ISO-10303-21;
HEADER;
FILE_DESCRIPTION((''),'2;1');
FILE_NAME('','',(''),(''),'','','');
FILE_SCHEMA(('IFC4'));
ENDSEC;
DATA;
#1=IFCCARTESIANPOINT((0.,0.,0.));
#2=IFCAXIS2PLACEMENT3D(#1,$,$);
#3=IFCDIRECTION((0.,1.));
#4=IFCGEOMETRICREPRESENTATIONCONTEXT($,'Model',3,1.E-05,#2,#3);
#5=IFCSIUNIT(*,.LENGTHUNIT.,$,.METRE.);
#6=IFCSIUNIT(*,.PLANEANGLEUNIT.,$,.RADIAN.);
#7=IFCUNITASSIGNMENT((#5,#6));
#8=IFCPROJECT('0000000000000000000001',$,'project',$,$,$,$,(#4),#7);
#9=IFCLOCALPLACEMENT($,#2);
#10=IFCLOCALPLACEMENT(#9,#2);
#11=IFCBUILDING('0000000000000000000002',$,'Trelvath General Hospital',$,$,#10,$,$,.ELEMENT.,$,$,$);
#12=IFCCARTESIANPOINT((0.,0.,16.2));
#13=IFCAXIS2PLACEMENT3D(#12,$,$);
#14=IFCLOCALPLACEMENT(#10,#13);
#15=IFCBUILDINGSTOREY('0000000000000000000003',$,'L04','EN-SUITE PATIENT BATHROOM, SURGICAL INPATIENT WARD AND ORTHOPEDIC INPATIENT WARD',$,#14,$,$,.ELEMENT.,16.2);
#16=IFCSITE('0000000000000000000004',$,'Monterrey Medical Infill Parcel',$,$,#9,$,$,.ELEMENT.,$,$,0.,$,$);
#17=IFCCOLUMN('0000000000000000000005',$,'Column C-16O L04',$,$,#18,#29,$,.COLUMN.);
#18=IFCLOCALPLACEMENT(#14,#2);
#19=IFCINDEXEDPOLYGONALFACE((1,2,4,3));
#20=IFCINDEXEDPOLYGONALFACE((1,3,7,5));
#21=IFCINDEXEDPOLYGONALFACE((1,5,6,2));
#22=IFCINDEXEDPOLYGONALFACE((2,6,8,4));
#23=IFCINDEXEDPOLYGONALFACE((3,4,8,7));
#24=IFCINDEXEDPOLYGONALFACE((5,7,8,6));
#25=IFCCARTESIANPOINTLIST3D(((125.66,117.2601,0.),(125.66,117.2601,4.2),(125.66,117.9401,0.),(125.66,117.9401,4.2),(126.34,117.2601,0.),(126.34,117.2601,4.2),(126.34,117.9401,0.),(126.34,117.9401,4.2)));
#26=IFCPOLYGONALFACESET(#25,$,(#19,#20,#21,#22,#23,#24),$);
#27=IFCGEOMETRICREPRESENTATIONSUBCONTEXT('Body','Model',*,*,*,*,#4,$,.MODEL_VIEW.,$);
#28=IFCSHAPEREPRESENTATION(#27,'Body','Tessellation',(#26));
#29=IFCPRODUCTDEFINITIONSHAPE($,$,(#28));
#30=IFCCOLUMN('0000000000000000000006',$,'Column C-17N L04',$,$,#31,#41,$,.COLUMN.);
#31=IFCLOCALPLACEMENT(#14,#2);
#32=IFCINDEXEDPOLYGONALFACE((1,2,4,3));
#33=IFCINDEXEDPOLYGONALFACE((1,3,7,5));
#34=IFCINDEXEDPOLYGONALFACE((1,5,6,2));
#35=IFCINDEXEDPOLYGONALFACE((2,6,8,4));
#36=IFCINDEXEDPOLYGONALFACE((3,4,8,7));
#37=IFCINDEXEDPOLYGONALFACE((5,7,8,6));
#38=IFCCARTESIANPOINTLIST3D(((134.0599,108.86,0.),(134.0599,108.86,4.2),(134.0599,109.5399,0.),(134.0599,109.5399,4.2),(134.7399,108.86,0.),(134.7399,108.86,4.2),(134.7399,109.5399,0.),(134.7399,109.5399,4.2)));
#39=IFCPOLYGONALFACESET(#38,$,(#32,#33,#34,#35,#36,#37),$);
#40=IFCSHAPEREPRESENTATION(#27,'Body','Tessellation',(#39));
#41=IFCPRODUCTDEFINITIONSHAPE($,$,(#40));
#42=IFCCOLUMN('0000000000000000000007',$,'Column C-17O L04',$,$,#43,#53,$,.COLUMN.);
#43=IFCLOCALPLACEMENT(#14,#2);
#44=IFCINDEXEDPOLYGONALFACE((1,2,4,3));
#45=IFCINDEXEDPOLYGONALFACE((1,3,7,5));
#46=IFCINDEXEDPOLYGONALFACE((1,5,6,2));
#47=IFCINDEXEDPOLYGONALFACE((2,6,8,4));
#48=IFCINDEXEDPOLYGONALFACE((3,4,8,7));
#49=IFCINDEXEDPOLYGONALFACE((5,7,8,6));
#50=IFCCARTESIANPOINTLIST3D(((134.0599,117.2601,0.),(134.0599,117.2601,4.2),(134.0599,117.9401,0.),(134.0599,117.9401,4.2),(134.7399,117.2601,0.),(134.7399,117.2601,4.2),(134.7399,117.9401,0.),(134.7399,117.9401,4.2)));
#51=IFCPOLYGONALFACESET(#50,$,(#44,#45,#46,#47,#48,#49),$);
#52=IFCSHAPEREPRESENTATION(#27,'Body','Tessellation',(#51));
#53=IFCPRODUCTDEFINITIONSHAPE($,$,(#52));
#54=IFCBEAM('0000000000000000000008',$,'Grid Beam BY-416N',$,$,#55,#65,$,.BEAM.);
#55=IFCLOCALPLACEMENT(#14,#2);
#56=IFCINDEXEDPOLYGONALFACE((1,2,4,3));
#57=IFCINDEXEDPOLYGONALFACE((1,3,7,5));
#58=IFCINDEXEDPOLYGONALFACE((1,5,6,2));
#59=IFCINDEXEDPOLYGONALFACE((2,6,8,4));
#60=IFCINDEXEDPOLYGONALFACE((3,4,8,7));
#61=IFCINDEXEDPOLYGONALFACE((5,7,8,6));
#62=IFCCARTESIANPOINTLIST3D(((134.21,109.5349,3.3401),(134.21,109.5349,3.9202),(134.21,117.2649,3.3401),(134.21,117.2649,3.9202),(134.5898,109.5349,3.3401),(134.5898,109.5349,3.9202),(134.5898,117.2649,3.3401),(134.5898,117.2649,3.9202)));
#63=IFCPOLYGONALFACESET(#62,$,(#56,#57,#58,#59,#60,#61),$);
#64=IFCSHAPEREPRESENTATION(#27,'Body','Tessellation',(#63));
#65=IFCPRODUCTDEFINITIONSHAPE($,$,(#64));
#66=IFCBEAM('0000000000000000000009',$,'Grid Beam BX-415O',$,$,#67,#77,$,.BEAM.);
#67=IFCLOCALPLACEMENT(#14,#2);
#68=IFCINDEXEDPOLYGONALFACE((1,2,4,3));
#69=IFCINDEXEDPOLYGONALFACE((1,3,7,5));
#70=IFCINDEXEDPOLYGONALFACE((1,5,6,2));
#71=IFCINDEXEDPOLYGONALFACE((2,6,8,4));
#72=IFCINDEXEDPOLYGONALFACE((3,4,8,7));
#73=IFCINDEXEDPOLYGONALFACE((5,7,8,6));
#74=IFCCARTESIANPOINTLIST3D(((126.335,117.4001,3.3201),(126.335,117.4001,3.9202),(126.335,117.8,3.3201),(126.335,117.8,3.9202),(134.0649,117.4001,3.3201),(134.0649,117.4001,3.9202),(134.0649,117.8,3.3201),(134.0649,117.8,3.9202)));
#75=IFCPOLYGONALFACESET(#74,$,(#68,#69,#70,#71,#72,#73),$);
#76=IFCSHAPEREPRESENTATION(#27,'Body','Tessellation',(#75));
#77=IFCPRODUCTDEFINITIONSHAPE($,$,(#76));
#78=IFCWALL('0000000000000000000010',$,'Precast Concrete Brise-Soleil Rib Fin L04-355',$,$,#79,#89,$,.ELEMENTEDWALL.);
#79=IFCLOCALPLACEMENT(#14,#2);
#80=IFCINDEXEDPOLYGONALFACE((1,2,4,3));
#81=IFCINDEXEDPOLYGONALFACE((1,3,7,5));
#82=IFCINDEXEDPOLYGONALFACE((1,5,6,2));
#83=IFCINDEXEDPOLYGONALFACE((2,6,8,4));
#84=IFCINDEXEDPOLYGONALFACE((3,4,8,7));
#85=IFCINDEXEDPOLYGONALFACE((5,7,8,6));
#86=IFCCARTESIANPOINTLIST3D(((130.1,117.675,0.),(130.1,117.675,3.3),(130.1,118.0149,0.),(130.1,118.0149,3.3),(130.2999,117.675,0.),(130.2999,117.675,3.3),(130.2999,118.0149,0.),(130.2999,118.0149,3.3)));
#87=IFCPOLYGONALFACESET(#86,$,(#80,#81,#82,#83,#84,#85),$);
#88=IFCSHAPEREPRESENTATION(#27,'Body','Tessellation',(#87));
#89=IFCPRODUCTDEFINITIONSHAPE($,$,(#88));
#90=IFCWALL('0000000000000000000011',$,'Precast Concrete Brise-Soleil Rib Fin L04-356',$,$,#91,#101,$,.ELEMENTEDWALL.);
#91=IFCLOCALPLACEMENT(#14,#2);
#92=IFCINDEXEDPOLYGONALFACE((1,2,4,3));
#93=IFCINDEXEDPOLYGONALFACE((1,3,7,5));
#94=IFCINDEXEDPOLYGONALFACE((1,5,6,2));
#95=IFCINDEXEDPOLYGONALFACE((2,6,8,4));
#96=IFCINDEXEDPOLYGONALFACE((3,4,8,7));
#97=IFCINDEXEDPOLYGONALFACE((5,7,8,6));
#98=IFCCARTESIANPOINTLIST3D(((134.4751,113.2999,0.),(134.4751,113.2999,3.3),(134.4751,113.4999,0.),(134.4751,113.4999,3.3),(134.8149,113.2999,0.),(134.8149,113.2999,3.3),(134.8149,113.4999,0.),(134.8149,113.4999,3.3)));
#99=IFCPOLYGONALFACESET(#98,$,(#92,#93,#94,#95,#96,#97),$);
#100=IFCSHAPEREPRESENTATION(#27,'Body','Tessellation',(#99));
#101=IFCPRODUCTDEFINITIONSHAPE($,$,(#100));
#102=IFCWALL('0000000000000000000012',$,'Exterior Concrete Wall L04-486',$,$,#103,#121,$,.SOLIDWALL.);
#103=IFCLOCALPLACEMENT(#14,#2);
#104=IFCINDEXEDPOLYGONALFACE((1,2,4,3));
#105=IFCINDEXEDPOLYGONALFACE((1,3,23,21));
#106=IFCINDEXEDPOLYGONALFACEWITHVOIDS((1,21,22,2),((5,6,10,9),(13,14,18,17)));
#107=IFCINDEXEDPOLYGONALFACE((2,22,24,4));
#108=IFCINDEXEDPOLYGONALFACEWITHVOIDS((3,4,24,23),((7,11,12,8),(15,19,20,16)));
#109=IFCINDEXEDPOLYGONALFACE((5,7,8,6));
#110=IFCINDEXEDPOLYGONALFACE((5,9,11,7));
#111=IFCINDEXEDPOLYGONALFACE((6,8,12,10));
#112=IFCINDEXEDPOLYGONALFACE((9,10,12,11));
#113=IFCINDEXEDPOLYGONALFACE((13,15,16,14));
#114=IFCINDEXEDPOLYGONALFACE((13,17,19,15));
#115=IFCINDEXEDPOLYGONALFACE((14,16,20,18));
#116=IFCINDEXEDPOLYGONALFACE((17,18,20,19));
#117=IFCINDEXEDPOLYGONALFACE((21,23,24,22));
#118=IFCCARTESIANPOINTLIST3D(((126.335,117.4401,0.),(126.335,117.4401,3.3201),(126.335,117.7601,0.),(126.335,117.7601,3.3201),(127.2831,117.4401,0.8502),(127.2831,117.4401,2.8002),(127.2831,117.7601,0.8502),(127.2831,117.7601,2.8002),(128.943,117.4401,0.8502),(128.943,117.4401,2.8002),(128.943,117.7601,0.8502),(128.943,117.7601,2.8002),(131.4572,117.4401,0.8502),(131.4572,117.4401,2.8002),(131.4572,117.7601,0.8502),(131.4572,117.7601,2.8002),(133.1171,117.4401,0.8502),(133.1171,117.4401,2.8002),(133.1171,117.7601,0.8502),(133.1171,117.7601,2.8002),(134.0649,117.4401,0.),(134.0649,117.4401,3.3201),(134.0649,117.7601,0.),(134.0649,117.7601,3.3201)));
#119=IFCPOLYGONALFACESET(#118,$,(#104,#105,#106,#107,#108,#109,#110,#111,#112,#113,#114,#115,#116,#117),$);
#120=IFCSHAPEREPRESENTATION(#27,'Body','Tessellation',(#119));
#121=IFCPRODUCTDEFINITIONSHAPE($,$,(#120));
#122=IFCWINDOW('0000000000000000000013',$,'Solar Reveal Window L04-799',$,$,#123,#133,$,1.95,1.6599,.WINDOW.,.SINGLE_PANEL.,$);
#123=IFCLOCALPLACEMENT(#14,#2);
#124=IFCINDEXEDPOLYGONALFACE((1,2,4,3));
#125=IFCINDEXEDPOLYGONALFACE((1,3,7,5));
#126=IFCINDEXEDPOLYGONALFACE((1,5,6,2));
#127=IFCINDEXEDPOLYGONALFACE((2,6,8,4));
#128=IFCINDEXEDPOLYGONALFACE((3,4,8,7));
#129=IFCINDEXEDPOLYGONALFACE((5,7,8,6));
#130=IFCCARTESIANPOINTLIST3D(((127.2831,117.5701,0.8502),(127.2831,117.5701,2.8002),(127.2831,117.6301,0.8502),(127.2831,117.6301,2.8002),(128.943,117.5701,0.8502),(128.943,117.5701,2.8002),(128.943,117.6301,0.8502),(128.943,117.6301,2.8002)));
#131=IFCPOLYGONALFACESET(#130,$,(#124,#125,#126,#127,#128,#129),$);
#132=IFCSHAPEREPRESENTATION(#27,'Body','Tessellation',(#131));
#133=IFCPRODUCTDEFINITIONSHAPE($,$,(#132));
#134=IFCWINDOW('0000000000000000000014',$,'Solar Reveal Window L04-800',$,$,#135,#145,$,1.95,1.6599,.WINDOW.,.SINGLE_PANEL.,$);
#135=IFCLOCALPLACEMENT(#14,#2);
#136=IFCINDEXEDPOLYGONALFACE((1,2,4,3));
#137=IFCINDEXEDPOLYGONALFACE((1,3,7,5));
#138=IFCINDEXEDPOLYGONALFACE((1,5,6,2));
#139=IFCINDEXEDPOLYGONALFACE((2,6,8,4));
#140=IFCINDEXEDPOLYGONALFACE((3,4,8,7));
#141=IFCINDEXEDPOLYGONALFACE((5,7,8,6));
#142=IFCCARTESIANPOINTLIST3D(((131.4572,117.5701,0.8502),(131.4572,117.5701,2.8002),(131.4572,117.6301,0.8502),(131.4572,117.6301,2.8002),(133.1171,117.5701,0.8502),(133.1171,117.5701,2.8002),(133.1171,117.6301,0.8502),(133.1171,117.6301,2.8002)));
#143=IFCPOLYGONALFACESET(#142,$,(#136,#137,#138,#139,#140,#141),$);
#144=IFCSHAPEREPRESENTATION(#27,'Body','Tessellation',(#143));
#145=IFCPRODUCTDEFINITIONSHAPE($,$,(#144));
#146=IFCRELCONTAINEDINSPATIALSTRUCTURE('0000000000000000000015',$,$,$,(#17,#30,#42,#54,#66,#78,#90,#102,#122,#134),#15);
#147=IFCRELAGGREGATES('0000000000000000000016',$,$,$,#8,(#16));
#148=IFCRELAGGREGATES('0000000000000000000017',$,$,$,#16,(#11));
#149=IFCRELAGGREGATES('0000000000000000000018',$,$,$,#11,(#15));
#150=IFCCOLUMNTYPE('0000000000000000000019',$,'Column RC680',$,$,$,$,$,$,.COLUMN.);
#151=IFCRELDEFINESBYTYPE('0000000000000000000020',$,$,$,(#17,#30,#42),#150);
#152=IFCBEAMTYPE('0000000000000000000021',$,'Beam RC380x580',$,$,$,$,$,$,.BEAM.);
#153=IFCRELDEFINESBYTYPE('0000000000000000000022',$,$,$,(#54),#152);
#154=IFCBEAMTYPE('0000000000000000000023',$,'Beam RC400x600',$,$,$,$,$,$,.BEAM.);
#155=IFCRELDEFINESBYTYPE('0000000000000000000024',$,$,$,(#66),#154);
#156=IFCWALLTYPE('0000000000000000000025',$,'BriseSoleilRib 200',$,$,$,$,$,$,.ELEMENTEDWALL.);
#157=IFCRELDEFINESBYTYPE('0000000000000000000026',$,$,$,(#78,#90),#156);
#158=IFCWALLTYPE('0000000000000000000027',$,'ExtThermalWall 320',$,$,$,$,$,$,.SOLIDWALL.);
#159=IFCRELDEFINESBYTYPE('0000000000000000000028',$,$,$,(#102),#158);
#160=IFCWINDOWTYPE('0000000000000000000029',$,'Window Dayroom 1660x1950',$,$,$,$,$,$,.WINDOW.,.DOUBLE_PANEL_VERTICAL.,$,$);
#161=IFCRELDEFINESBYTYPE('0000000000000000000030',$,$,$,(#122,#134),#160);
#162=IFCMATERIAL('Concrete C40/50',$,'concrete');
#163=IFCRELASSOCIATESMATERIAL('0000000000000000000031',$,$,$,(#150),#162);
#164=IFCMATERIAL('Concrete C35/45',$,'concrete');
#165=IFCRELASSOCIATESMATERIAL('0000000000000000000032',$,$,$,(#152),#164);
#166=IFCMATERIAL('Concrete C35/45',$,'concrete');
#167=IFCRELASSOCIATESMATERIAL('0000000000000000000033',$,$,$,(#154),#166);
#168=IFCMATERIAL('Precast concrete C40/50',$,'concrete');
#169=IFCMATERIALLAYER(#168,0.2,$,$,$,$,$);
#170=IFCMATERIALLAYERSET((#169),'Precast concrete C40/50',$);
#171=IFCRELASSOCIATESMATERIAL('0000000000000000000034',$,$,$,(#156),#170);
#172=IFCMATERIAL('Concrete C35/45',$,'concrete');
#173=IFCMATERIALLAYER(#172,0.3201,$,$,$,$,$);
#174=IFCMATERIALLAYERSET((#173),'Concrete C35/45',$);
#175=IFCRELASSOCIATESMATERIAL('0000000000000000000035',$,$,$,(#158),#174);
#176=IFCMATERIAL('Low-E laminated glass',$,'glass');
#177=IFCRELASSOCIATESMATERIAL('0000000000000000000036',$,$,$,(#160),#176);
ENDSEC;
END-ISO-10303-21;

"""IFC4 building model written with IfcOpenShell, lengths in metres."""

from ifc_helpers import new_model, si_unit, direction, frame, frame_2d, origin, origin_2d, place, context, subcontext, project, spatial, rectangle, extrude, material, layer, layer_set, material_profile, profile_set, type_object, element, fill, save


model = new_model("IFC4")

# Units and contexts
model_context = context("Model", 3, precision=1e-05, world=origin(), true_north=direction((0.0, 1.0)))
body_context = subcontext(model_context, "Body", "Model", "MODEL_VIEW")
ifc_project = project(units=[si_unit("LENGTHUNIT", "METRE"), si_unit("PLANEANGLEUNIT", "RADIAN")], contexts=[model_context])

# Site, building, storey
site_placement = place(None, origin())
site = spatial("IfcSite", under=ifc_project, at=site_placement, Name="Monterrey Medical Infill Parcel", CompositionType="ELEMENT", RefElevation=0.0)
building_placement = place(site_placement, origin())
building = spatial("IfcBuilding", under=site, at=building_placement, Name="Trelvath General Hospital", CompositionType="ELEMENT")
storey_placement = place(building_placement, frame((0.0, 0.0, 16.2)))
storey = spatial("IfcBuildingStorey", under=building, at=storey_placement, Name="L04", Description="EN-SUITE PATIENT BATHROOM, SURGICAL INPATIENT WARD AND ORTHOPEDIC INPATIENT WARD", CompositionType="ELEMENT", Elevation=16.2)

# Columns
ifc_material_1 = material(Name="Concrete C40/50", Category="concrete")
ifc_material_profile_1 = material_profile(ifc_material_1, rectangle(XDim=0.6799, YDim=0.6799, at=origin_2d()), Name="RC680x680")
ifc_profile_set_1 = profile_set([ifc_material_profile_1], Name="Concrete C40/50")
column_type = type_object("IfcColumnType", Name="Column RC680", PredefinedType="COLUMN", material=ifc_profile_set_1)
for number, where, z_axis, x_axis, name in (
    (1, (126.0, 117.6001, 0.0), (0.0, 0.0, 1.0), (1.0, 0.0, 0.0), "Column C-16O L04"),
    (2, (134.3999, 109.2, 0.0), (0.0, 0.0, 1.0), (1.0, 0.0, 0.0), "Column C-17N L04"),
    (3, (134.3999, 117.6001, 0.0), (0.0, 0.0, 1.0), (1.0, 0.0, 0.0), "Column C-17O L04"),
):
    element("IfcColumn", number, at=place(storey_placement, frame(where, z_axis=z_axis, x_axis=x_axis)), inside=storey, type_object=column_type, Name=name, PredefinedType="COLUMN", context=body_context, shape_type="SweptSolid", body=[
        extrude(rectangle(XDim=0.6799, YDim=0.6799, at=origin_2d()), origin(), (0.0, 0.0, 1.0), 4.2),
    ])

# Beams
ifc_material_2 = material(Name="Concrete C35/45", Category="concrete")
ifc_material_profile_2 = material_profile(ifc_material_2, rectangle(XDim=0.3799, YDim=0.5801, at=origin_2d()), Name="RCB380x580")
ifc_profile_set_2 = profile_set([ifc_material_profile_2], Name="Concrete C35/45")
beam_type_1 = type_object("IfcBeamType", Name="Beam RC380x580", PredefinedType="BEAM", material=ifc_profile_set_2)
beam_1_placement = place(storey_placement, frame((134.3999, 109.5349, 3.6301), z_axis=(0.0, 1.0, 0.0), x_axis=(-1.0, 0.0, 0.0)))
element("IfcBeam", 4, at=beam_1_placement, inside=storey, type_object=beam_type_1, Name="Grid Beam BY-416N", PredefinedType="BEAM", context=body_context, shape_type="SweptSolid", body=[
    extrude(rectangle(XDim=0.3799, YDim=0.5801, at=origin_2d()), origin(), (0.0, 0.0, 1.0), 7.73),
])
ifc_material_3 = material(Name="Concrete C35/45", Category="concrete")
ifc_material_profile_3 = material_profile(ifc_material_3, rectangle(XDim=0.3999, YDim=0.6001, at=origin_2d()), Name="RCB400x600")
ifc_profile_set_3 = profile_set([ifc_material_profile_3], Name="Concrete C35/45")
beam_type_2 = type_object("IfcBeamType", Name="Beam RC400x600", PredefinedType="BEAM", material=ifc_profile_set_3)
beam_2_placement = place(storey_placement, frame((126.335, 117.6001, 3.6201), z_axis=(1.0, 0.0, 0.0), x_axis=(0.0, 1.0, 0.0)))
element("IfcBeam", 5, at=beam_2_placement, inside=storey, type_object=beam_type_2, Name="Grid Beam BX-415O", PredefinedType="BEAM", context=body_context, shape_type="SweptSolid", body=[
    extrude(rectangle(XDim=0.3999, YDim=0.6001, at=origin_2d()), origin(), (0.0, 0.0, 1.0), 7.73),
])

# Walls
ifc_material_4 = material(Name="Precast concrete C40/50", Category="concrete")
ifc_layer_1 = layer(ifc_material_4, 0.2)
ifc_layer_set_1 = layer_set([ifc_layer_1], Name="Precast concrete C40/50")
wall_type_1 = type_object("IfcWallType", Name="BriseSoleilRib 200", PredefinedType="ELEMENTEDWALL", material=ifc_layer_set_1)
for number, where, z_axis, x_axis, name in (
    (6, (130.2, 117.675, 0.0), (0.0, 0.0, 1.0), (0.0, 1.0, 0.0), "Precast Concrete Brise-Soleil Rib Fin L04-355"),
    (7, (134.4751, 113.3999, 0.0), (0.0, 0.0, 1.0), (1.0, 0.0, 0.0), "Precast Concrete Brise-Soleil Rib Fin L04-356"),
):
    element("IfcWall", number, at=place(storey_placement, frame(where, z_axis=z_axis, x_axis=x_axis)), inside=storey, type_object=wall_type_1, Name=name, PredefinedType="ELEMENTEDWALL", context=body_context, shape_type="SweptSolid", body=[
        extrude(rectangle(XDim=0.3398, YDim=0.2, at=frame_2d((0.1699, 0.0))), origin(), (0.0, 0.0, 1.0), 3.3),
    ])

# Wall, openings, windows
ifc_material_5 = material(Name="Concrete C35/45", Category="concrete")
ifc_layer_2 = layer(ifc_material_5, 0.3201)
ifc_layer_set_2 = layer_set([ifc_layer_2], Name="Concrete C35/45")
wall_type_2 = type_object("IfcWallType", Name="ExtThermalWall 320", PredefinedType="SOLIDWALL", material=ifc_layer_set_2)
wall_1_placement = place(storey_placement, frame((126.335, 117.6001, 0.0), z_axis=(0.0, 0.0, 1.0), x_axis=(1.0, 0.0, 0.0)))
wall_1 = element("IfcWall", 8, at=wall_1_placement, inside=storey, type_object=wall_type_2, Name="Exterior Concrete Wall L04-486", PredefinedType="SOLIDWALL", context=body_context, shape_type="SweptSolid", body=[
    extrude(rectangle(XDim=7.73, YDim=0.3201, at=frame_2d((3.865, 0.0))), origin(), (0.0, 0.0, 1.0), 3.3201),
])
opening_1_placement = place(wall_1_placement, frame((0.948, 0.0, 0.8501)))
opening_1 = element("IfcOpeningElement", 9, at=opening_1_placement, cuts=wall_1, PredefinedType="OPENING", context=body_context, shape_type="SweptSolid", body=[
    extrude(rectangle(XDim=1.6599, YDim=1.95, at=frame_2d((0.8301, 0.9751))), frame((0.0, 0.1699, 0.0), z_axis=(0.0, -1.0, 0.0), x_axis=(1.0, 0.0, 0.0)), (0.0, 0.0, 1.0), 0.3401),
])
opening_2_placement = place(wall_1_placement, frame((5.1221, 0.0, 0.8501)))
opening_2 = element("IfcOpeningElement", 10, at=opening_2_placement, cuts=wall_1, PredefinedType="OPENING", context=body_context, shape_type="SweptSolid", body=[
    extrude(rectangle(XDim=1.6599, YDim=1.95, at=frame_2d((0.8301, 0.9751))), frame((0.0, 0.1699, 0.0), z_axis=(0.0, -1.0, 0.0), x_axis=(1.0, 0.0, 0.0)), (0.0, 0.0, 1.0), 0.3401),
])
ifc_material_6 = material(Name="Low-E laminated glass", Category="glass")
window_type_1 = type_object("IfcWindowType", Name="Window Dayroom 1660x1950", PartitioningType="DOUBLE_PANEL_VERTICAL", PredefinedType="WINDOW", material=ifc_material_6)
window_1_placement = place(opening_1_placement, origin())
window_1 = element("IfcWindow", 11, at=window_1_placement, inside=storey, type_object=window_type_1, Name="Solar Reveal Window L04-799", OverallHeight=1.95, OverallWidth=1.6599, PartitioningType="SINGLE_PANEL", PredefinedType="WINDOW", context=body_context, shape_type="SweptSolid", body=[
    extrude(rectangle(XDim=1.6599, YDim=1.95, at=frame_2d((0.8301, 0.9751))), frame((0.0, 0.03, 0.0), z_axis=(0.0, -1.0, 0.0), x_axis=(1.0, 0.0, 0.0)), (0.0, 0.0, 1.0), 0.0601),
])
fill(opening_1, window_1)
window_2_placement = place(opening_2_placement, origin())
window_2 = element("IfcWindow", 12, at=window_2_placement, inside=storey, type_object=window_type_1, Name="Solar Reveal Window L04-800", OverallHeight=1.95, OverallWidth=1.6599, PartitioningType="SINGLE_PANEL", PredefinedType="WINDOW", context=body_context, shape_type="SweptSolid", body=[
    extrude(rectangle(XDim=1.6599, YDim=1.95, at=frame_2d((0.8301, 0.9751))), frame((0.0, 0.03, 0.0), z_axis=(0.0, -1.0, 0.0), x_axis=(1.0, 0.0, 0.0)), (0.0, 0.0, 1.0), 0.0601),
])
fill(opening_2, window_2)

save(model, "model.ifc")
